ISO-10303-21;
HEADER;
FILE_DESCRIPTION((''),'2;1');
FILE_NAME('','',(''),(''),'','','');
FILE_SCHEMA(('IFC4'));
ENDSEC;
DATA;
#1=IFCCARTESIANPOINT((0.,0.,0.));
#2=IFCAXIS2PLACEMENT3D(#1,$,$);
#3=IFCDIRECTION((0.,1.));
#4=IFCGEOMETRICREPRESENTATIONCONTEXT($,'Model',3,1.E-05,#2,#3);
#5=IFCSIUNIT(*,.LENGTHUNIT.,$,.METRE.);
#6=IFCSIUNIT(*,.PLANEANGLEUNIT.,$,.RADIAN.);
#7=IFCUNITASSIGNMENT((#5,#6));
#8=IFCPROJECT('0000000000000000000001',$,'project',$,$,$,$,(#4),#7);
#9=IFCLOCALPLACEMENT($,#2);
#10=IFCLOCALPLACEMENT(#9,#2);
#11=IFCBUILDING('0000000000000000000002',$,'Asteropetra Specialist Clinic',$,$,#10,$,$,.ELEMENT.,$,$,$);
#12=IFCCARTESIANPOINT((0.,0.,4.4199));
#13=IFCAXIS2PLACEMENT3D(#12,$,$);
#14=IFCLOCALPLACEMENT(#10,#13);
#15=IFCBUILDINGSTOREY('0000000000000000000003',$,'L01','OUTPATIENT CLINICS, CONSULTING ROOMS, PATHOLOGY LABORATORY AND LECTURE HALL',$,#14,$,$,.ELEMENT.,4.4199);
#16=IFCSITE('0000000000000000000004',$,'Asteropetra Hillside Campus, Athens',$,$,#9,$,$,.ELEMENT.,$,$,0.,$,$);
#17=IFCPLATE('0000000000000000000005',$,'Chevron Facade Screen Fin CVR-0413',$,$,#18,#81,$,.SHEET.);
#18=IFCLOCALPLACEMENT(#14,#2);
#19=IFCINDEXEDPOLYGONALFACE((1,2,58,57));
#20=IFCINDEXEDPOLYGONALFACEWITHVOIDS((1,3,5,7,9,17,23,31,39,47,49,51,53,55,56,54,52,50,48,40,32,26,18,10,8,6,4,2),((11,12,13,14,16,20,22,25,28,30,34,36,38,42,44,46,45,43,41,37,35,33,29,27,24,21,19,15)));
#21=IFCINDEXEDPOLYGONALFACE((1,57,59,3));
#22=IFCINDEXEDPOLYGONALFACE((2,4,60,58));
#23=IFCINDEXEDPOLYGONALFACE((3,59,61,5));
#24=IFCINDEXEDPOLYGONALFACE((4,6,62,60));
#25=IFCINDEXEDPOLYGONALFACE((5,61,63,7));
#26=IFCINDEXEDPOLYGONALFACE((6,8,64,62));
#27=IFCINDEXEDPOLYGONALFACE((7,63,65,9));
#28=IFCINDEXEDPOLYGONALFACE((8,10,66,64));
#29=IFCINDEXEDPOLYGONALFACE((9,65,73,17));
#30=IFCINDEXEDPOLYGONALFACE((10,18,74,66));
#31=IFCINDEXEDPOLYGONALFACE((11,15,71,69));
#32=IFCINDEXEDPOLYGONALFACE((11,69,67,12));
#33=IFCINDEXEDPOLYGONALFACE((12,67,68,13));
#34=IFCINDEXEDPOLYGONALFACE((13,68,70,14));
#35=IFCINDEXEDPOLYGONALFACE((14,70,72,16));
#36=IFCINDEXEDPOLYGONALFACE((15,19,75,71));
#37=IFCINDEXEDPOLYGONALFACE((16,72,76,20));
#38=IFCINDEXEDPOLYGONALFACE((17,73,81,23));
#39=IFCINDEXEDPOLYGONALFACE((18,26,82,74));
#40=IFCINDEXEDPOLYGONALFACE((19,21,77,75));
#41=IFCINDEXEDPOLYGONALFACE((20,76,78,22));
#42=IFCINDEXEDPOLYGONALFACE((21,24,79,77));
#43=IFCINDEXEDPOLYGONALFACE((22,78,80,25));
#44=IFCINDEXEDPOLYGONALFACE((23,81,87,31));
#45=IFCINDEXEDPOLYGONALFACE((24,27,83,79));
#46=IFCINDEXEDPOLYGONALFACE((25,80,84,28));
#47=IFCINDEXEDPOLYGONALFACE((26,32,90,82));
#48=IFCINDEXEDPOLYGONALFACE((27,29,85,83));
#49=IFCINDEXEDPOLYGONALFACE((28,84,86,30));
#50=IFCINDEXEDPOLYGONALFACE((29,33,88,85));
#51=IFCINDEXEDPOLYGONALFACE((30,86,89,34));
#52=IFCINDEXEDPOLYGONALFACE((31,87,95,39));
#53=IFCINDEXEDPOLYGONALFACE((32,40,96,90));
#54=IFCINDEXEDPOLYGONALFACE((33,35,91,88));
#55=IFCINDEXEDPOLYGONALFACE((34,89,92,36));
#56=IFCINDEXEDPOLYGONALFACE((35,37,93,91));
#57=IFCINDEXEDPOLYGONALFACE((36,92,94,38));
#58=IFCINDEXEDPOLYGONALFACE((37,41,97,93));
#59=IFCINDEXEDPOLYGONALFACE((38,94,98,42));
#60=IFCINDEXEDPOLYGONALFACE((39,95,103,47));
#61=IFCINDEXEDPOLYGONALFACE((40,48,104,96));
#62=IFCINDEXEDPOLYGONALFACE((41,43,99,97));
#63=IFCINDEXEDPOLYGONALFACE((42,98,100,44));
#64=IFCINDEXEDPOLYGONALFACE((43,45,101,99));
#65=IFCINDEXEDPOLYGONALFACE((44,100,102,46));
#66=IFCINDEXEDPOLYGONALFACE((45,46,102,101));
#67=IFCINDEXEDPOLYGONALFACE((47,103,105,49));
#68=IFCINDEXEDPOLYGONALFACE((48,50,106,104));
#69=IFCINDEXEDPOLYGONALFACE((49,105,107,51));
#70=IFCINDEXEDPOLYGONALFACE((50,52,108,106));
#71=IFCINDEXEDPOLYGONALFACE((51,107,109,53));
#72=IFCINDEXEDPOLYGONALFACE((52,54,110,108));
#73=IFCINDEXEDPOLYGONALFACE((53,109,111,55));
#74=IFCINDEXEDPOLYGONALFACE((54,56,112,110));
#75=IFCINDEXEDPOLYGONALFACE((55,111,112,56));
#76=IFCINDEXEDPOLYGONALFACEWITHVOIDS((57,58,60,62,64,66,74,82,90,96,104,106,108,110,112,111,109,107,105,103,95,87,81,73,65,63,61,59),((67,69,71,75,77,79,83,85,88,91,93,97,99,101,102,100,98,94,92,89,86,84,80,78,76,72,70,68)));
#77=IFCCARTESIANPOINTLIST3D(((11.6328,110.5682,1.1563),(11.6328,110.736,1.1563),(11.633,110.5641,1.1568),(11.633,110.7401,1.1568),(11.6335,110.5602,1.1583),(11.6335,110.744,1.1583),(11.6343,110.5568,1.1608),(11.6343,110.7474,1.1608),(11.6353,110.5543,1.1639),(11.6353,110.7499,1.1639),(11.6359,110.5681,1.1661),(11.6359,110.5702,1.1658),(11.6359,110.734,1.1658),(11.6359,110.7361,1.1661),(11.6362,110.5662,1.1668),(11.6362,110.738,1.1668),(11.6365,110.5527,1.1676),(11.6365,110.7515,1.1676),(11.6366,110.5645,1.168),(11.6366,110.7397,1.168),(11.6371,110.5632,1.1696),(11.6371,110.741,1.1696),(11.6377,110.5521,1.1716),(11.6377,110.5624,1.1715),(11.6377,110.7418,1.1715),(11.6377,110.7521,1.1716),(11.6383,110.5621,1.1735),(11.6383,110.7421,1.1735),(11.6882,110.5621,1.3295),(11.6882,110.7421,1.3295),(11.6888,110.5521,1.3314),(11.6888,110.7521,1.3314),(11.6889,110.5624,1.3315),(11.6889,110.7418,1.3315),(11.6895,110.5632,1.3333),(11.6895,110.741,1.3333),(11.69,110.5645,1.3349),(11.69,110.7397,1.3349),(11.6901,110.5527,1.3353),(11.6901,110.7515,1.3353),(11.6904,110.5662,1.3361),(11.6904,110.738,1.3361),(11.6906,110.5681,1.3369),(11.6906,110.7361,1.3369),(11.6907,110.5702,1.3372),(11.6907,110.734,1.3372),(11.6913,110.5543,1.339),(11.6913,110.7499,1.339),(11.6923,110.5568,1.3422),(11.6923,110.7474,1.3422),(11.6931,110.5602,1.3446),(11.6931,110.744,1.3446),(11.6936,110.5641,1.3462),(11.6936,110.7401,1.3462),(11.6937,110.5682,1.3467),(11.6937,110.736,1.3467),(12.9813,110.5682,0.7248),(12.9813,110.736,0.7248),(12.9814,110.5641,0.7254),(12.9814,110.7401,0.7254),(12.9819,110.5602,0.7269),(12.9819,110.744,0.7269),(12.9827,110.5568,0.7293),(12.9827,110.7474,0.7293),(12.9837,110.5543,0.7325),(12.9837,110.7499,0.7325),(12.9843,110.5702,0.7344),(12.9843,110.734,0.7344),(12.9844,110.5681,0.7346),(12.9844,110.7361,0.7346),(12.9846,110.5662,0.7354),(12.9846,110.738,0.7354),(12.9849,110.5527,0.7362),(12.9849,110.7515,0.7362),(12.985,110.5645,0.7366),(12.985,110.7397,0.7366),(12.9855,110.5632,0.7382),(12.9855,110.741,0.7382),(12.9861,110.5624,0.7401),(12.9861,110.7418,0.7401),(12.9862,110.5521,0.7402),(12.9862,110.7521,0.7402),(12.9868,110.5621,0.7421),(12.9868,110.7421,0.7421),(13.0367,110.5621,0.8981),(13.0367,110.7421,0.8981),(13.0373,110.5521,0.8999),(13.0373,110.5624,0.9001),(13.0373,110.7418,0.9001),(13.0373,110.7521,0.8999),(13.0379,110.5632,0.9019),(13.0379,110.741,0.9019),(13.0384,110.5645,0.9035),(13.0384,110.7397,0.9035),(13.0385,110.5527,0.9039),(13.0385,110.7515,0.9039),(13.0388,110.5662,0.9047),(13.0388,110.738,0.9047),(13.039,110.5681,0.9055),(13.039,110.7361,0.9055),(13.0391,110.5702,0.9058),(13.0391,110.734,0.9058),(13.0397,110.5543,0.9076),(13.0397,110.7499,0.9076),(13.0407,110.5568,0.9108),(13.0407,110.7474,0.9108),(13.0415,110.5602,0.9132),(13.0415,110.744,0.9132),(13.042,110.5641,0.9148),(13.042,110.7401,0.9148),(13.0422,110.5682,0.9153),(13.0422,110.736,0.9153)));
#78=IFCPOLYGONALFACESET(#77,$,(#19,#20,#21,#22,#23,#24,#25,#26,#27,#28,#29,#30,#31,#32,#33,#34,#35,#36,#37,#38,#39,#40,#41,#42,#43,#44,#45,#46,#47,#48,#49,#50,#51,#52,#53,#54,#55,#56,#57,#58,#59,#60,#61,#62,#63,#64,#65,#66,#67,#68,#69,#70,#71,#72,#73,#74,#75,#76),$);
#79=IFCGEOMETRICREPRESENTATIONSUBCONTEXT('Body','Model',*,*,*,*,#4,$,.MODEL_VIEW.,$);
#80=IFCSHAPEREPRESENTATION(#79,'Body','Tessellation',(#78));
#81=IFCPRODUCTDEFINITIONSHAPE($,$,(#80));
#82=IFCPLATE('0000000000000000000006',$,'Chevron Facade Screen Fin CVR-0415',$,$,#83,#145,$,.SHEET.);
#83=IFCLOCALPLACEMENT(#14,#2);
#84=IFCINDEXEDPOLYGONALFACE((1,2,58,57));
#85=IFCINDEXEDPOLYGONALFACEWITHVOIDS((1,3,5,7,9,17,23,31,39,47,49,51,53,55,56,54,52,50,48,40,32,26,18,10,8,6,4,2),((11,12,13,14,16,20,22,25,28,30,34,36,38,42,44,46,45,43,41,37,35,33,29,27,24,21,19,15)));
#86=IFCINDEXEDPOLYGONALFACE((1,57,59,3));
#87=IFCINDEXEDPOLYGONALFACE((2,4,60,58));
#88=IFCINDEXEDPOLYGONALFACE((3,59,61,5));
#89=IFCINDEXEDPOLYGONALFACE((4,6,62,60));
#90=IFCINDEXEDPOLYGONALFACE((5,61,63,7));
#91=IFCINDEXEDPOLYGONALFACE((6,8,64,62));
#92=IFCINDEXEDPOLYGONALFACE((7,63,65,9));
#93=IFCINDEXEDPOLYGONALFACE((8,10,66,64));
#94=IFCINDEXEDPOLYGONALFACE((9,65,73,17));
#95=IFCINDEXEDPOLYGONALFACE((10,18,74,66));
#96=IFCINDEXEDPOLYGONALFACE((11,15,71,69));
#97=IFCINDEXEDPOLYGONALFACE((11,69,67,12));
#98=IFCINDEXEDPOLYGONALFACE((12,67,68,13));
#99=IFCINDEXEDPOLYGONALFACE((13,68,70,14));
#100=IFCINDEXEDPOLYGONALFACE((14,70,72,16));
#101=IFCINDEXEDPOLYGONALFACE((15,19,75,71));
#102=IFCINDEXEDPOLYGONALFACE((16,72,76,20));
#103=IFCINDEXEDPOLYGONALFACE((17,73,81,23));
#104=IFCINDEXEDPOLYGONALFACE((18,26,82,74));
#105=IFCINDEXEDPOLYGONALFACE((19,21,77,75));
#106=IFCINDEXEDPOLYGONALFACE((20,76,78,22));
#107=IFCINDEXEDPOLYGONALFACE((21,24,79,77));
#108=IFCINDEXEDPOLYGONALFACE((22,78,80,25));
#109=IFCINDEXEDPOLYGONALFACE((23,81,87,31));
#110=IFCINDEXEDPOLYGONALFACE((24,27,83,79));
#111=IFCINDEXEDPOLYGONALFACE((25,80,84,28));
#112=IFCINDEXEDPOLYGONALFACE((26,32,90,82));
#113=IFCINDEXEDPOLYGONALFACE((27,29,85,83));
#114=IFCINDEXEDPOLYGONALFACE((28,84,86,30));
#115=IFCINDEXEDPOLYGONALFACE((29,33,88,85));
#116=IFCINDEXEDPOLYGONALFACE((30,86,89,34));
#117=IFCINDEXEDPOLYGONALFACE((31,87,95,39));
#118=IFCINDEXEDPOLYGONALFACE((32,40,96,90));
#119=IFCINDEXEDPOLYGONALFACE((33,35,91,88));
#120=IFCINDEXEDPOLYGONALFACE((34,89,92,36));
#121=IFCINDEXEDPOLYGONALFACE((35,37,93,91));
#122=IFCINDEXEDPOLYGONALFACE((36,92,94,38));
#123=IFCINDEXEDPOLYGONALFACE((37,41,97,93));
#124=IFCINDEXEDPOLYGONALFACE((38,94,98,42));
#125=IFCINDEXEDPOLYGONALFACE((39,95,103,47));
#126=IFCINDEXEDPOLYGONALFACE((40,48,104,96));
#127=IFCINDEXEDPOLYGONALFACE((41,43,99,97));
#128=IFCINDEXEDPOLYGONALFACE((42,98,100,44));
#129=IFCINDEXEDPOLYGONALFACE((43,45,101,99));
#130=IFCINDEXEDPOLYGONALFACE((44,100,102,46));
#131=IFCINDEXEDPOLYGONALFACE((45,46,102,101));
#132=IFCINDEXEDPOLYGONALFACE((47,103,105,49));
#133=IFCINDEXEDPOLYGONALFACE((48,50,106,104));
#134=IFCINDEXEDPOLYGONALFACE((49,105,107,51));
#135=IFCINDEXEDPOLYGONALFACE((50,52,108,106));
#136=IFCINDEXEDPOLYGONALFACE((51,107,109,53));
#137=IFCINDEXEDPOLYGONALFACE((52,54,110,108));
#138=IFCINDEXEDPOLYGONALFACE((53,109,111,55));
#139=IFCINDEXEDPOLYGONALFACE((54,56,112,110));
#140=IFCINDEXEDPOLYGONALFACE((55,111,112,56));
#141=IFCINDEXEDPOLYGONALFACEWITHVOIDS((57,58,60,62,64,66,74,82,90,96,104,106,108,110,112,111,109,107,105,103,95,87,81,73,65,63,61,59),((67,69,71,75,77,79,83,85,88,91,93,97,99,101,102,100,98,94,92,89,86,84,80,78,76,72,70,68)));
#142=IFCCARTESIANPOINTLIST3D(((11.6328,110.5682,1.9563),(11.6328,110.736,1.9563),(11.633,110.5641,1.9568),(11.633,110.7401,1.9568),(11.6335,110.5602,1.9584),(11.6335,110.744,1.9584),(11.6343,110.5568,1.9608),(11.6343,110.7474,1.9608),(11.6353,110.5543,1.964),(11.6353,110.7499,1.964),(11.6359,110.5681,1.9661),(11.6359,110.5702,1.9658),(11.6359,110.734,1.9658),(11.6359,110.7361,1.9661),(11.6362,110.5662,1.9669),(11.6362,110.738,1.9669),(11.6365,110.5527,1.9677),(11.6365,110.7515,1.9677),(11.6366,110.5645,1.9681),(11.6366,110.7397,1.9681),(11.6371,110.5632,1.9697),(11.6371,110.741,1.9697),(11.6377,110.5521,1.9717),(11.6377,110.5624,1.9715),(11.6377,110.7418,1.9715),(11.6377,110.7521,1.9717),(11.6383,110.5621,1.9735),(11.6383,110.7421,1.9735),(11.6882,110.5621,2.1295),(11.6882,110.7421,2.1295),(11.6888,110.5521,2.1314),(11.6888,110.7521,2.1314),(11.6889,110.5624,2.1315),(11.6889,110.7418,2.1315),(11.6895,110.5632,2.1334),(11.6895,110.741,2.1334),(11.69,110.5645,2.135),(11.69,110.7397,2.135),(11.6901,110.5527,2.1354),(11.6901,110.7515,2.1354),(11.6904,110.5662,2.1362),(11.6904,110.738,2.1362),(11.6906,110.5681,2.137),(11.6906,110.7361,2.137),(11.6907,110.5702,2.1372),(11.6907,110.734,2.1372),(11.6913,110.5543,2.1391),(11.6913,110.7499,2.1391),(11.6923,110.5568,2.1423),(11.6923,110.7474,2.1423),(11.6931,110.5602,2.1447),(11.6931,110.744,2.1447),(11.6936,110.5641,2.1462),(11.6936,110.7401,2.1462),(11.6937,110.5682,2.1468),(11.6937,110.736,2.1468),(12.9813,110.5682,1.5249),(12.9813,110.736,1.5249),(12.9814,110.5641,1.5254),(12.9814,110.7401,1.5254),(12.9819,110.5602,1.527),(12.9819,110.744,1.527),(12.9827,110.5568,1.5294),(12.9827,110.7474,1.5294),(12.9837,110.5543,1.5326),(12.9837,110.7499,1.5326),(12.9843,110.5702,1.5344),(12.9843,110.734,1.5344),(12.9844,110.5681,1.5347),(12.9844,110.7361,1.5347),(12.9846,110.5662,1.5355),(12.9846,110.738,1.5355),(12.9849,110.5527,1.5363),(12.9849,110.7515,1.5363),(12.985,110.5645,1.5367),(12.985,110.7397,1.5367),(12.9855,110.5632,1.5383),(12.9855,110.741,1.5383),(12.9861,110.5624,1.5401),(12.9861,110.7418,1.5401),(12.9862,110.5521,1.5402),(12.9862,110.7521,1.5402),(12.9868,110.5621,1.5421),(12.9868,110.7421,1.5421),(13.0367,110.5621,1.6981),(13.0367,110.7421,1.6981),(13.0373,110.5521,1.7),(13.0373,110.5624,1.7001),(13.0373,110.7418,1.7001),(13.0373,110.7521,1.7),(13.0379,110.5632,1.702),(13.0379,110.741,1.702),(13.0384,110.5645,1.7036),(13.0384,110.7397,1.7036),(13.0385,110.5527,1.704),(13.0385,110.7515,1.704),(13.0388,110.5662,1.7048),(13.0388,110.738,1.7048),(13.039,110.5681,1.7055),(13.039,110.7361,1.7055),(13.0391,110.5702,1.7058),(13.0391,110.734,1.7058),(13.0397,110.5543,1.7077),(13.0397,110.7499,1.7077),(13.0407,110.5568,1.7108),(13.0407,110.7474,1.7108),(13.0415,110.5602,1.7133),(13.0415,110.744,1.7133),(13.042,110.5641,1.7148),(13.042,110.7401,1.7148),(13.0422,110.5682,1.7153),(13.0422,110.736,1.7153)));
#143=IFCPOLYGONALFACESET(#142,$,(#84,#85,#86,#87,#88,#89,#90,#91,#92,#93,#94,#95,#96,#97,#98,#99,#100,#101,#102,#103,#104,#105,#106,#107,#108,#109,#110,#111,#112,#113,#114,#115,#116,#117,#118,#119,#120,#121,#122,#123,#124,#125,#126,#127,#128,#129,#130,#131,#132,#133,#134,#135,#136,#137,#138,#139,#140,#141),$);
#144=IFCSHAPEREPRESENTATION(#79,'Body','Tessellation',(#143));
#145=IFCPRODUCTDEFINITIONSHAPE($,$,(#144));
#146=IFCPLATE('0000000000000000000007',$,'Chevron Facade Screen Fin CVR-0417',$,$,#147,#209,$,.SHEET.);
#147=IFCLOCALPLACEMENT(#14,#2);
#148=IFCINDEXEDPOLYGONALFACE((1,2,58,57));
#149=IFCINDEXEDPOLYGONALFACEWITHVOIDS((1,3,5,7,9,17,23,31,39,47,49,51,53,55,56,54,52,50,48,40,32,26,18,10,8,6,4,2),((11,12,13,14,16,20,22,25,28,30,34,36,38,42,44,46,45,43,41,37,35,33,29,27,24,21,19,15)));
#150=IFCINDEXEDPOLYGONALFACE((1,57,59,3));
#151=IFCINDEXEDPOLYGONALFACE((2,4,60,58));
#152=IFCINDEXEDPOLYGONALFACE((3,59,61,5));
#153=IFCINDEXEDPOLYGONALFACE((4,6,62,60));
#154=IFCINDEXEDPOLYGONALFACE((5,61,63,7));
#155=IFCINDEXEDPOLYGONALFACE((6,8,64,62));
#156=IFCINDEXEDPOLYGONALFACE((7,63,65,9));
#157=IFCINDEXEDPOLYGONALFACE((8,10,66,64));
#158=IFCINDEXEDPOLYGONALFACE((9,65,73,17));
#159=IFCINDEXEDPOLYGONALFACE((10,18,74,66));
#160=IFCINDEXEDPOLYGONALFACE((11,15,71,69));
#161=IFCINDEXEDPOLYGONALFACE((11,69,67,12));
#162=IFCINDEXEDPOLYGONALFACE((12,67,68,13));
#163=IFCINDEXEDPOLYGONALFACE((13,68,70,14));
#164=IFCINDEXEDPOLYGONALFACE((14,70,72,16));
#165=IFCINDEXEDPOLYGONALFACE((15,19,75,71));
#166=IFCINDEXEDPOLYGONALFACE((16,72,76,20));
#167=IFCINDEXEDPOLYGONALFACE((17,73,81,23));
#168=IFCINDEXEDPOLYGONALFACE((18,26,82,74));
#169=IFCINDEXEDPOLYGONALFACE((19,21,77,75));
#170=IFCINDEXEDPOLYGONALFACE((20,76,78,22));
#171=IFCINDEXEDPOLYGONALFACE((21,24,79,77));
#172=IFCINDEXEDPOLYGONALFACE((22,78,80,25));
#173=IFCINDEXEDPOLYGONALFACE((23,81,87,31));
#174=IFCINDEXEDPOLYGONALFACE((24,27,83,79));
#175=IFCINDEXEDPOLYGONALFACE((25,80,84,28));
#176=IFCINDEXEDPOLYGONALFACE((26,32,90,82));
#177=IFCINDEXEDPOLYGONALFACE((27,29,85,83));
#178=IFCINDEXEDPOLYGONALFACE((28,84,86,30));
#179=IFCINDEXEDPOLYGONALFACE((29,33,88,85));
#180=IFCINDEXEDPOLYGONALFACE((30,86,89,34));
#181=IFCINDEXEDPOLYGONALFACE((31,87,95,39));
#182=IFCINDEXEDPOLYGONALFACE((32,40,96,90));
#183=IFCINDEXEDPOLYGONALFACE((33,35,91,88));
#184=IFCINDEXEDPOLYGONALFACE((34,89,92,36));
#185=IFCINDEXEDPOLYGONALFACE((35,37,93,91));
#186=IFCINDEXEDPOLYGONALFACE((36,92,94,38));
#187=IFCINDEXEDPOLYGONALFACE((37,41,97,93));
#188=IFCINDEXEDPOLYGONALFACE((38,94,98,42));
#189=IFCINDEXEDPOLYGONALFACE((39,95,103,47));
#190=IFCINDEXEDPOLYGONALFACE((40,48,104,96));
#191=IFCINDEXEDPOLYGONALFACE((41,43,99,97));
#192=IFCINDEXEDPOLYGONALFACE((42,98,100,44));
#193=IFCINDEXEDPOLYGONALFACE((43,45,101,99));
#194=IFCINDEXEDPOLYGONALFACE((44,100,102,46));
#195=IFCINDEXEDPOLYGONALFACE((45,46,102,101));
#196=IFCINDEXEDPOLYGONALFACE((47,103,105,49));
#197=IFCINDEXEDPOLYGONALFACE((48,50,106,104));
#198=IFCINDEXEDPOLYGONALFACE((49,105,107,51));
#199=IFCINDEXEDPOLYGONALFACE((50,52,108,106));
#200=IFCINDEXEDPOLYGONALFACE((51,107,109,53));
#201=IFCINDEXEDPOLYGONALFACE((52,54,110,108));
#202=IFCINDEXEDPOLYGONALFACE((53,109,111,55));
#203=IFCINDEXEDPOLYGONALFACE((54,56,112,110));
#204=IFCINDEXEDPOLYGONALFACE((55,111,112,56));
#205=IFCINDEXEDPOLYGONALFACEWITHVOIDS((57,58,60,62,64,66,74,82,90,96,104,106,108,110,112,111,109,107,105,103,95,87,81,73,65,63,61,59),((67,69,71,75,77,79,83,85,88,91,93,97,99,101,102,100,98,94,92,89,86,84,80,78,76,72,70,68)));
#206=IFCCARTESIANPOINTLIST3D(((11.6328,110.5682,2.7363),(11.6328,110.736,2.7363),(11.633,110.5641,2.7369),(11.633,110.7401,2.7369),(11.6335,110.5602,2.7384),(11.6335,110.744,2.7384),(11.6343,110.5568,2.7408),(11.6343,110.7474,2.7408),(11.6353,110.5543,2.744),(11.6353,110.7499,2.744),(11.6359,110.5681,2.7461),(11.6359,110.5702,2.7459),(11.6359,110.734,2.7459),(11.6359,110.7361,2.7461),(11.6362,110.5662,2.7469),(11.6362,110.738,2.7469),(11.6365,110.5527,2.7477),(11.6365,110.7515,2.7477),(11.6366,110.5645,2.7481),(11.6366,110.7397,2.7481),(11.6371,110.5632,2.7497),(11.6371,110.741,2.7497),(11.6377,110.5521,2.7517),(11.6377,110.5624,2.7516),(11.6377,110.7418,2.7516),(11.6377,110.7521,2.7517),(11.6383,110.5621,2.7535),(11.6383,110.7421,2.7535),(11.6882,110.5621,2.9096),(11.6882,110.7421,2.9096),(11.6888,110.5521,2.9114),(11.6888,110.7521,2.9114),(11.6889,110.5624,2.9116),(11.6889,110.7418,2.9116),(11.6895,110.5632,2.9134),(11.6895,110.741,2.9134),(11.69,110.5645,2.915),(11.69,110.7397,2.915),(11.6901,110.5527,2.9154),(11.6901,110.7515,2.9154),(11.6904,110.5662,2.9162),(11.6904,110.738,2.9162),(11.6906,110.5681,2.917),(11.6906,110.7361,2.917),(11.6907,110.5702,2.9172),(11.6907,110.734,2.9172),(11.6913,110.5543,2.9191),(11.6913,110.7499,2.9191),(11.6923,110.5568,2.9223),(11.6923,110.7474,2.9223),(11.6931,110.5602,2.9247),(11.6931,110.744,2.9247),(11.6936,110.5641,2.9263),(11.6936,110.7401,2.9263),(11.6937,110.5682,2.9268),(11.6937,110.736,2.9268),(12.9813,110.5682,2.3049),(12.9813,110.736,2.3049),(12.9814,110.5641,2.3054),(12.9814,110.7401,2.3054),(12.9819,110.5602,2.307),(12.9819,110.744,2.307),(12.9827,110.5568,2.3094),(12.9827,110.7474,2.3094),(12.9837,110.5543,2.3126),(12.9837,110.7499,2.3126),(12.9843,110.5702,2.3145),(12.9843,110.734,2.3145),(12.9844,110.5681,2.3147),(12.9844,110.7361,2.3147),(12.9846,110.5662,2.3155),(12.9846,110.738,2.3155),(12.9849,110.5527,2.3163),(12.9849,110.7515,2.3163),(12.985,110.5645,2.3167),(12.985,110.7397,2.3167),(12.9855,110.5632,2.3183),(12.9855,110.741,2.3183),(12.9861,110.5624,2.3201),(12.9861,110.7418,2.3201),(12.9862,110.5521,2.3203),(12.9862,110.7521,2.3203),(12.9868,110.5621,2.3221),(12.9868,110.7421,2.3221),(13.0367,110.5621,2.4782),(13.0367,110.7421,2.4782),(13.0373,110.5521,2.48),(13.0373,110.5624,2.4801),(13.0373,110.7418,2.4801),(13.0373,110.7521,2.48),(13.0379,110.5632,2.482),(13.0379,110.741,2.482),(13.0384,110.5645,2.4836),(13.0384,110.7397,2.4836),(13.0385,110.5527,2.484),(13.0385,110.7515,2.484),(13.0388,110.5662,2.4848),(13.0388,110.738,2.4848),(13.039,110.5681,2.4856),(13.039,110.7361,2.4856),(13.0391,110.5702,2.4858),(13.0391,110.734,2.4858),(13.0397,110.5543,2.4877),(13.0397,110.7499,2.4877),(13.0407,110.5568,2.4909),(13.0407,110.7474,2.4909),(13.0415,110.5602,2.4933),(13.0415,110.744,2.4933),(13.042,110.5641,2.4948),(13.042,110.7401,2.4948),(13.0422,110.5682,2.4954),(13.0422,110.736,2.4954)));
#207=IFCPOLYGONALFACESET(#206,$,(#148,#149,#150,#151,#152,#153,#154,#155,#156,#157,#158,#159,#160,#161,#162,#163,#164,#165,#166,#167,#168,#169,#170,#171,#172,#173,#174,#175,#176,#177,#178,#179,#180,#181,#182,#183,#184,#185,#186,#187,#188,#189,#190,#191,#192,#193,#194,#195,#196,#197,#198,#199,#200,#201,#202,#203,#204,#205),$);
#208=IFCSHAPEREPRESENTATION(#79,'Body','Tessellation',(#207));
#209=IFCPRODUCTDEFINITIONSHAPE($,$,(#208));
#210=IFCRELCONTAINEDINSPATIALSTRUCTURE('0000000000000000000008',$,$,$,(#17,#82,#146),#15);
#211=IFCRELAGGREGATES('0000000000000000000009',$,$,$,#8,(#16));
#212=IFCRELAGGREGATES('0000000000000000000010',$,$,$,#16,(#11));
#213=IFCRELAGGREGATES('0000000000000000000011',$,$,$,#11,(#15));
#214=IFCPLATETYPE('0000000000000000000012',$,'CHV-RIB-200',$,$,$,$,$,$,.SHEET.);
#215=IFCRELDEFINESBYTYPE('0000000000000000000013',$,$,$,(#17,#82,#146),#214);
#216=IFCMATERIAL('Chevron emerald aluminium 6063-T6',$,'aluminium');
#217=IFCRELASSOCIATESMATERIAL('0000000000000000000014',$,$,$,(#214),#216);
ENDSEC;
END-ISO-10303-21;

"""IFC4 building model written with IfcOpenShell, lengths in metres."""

from ifc_helpers import new_model, si_unit, direction, frame, origin, origin_2d, place, context, subcontext, project, spatial, hollow_rectangle, extrude, material, material_profile, profile_set, type_object, element, save


model = new_model("IFC4")

# Units and contexts
model_context = context("Model", 3, precision=1e-05, world=origin(), true_north=direction((0.0, 1.0)))
body_context = subcontext(model_context, "Body", "Model", "MODEL_VIEW")
ifc_project = project(units=[si_unit("LENGTHUNIT", "METRE"), si_unit("PLANEANGLEUNIT", "RADIAN")], contexts=[model_context])

# Site, building, storey
site_placement = place(None, origin())
site = spatial("IfcSite", under=ifc_project, at=site_placement, Name="Asteropetra Hillside Campus, Athens", CompositionType="ELEMENT", RefElevation=0.0)
building_placement = place(site_placement, origin())
building = spatial("IfcBuilding", under=site, at=building_placement, Name="Asteropetra Specialist Clinic", CompositionType="ELEMENT")
storey_placement = place(building_placement, frame((0.0, 0.0, 4.4199)))
storey = spatial("IfcBuildingStorey", under=building, at=storey_placement, Name="L01", Description="OUTPATIENT CLINICS, CONSULTING ROOMS, PATHOLOGY LABORATORY AND LECTURE HALL", CompositionType="ELEMENT", Elevation=4.4199)

# Plates
ifc_material_1 = material(Name="Chevron emerald aluminium 6063-T6", Category="aluminium")
ifc_material_profile_1 = material_profile(ifc_material_1, hollow_rectangle(XDim=0.2, YDim=0.2, WallThickness=0.01, InnerFilletRadius=0.0081, OuterFilletRadius=0.0161, at=origin_2d()), Name="SHS 200x200x10.0")
ifc_profile_set_1 = profile_set([ifc_material_profile_1], Name="Chevron emerald aluminium 6063-T6")
plate_type_1 = type_object("IfcPlateType", Name="CHV-RIB-200", PredefinedType="SHEET", material=ifc_profile_set_1)
for number, where, z_axis, x_axis, name in (
    (1, (13.0117, 110.6521, 0.8201), (-0.952442, 0.0, 0.304719), (0.0, -1.0, 0.0), "Chevron Facade Screen Fin CVR-0413"),
    (2, (13.0117, 110.6521, 1.6201), (-0.952442, 0.0, 0.304719), (0.0, -1.0, 0.0), "Chevron Facade Screen Fin CVR-0415"),
    (3, (13.0117, 110.6521, 2.4001), (-0.952442, 0.0, 0.304719), (0.0, -1.0, 0.0), "Chevron Facade Screen Fin CVR-0417"),
):
    element("IfcPlate", number, at=place(storey_placement, frame(where, z_axis=z_axis, x_axis=x_axis)), inside=storey, type_object=plate_type_1, Name=name, PredefinedType="SHEET", context=body_context, shape_type="SweptSolid", body=[
        extrude(hollow_rectangle(XDim=0.2, YDim=0.2, WallThickness=0.01, InnerFilletRadius=0.0081, OuterFilletRadius=0.0161, at=origin_2d()), origin(), (0.0, 0.0, 1.0), 1.4158),
    ])

save(model, "model.ifc")
